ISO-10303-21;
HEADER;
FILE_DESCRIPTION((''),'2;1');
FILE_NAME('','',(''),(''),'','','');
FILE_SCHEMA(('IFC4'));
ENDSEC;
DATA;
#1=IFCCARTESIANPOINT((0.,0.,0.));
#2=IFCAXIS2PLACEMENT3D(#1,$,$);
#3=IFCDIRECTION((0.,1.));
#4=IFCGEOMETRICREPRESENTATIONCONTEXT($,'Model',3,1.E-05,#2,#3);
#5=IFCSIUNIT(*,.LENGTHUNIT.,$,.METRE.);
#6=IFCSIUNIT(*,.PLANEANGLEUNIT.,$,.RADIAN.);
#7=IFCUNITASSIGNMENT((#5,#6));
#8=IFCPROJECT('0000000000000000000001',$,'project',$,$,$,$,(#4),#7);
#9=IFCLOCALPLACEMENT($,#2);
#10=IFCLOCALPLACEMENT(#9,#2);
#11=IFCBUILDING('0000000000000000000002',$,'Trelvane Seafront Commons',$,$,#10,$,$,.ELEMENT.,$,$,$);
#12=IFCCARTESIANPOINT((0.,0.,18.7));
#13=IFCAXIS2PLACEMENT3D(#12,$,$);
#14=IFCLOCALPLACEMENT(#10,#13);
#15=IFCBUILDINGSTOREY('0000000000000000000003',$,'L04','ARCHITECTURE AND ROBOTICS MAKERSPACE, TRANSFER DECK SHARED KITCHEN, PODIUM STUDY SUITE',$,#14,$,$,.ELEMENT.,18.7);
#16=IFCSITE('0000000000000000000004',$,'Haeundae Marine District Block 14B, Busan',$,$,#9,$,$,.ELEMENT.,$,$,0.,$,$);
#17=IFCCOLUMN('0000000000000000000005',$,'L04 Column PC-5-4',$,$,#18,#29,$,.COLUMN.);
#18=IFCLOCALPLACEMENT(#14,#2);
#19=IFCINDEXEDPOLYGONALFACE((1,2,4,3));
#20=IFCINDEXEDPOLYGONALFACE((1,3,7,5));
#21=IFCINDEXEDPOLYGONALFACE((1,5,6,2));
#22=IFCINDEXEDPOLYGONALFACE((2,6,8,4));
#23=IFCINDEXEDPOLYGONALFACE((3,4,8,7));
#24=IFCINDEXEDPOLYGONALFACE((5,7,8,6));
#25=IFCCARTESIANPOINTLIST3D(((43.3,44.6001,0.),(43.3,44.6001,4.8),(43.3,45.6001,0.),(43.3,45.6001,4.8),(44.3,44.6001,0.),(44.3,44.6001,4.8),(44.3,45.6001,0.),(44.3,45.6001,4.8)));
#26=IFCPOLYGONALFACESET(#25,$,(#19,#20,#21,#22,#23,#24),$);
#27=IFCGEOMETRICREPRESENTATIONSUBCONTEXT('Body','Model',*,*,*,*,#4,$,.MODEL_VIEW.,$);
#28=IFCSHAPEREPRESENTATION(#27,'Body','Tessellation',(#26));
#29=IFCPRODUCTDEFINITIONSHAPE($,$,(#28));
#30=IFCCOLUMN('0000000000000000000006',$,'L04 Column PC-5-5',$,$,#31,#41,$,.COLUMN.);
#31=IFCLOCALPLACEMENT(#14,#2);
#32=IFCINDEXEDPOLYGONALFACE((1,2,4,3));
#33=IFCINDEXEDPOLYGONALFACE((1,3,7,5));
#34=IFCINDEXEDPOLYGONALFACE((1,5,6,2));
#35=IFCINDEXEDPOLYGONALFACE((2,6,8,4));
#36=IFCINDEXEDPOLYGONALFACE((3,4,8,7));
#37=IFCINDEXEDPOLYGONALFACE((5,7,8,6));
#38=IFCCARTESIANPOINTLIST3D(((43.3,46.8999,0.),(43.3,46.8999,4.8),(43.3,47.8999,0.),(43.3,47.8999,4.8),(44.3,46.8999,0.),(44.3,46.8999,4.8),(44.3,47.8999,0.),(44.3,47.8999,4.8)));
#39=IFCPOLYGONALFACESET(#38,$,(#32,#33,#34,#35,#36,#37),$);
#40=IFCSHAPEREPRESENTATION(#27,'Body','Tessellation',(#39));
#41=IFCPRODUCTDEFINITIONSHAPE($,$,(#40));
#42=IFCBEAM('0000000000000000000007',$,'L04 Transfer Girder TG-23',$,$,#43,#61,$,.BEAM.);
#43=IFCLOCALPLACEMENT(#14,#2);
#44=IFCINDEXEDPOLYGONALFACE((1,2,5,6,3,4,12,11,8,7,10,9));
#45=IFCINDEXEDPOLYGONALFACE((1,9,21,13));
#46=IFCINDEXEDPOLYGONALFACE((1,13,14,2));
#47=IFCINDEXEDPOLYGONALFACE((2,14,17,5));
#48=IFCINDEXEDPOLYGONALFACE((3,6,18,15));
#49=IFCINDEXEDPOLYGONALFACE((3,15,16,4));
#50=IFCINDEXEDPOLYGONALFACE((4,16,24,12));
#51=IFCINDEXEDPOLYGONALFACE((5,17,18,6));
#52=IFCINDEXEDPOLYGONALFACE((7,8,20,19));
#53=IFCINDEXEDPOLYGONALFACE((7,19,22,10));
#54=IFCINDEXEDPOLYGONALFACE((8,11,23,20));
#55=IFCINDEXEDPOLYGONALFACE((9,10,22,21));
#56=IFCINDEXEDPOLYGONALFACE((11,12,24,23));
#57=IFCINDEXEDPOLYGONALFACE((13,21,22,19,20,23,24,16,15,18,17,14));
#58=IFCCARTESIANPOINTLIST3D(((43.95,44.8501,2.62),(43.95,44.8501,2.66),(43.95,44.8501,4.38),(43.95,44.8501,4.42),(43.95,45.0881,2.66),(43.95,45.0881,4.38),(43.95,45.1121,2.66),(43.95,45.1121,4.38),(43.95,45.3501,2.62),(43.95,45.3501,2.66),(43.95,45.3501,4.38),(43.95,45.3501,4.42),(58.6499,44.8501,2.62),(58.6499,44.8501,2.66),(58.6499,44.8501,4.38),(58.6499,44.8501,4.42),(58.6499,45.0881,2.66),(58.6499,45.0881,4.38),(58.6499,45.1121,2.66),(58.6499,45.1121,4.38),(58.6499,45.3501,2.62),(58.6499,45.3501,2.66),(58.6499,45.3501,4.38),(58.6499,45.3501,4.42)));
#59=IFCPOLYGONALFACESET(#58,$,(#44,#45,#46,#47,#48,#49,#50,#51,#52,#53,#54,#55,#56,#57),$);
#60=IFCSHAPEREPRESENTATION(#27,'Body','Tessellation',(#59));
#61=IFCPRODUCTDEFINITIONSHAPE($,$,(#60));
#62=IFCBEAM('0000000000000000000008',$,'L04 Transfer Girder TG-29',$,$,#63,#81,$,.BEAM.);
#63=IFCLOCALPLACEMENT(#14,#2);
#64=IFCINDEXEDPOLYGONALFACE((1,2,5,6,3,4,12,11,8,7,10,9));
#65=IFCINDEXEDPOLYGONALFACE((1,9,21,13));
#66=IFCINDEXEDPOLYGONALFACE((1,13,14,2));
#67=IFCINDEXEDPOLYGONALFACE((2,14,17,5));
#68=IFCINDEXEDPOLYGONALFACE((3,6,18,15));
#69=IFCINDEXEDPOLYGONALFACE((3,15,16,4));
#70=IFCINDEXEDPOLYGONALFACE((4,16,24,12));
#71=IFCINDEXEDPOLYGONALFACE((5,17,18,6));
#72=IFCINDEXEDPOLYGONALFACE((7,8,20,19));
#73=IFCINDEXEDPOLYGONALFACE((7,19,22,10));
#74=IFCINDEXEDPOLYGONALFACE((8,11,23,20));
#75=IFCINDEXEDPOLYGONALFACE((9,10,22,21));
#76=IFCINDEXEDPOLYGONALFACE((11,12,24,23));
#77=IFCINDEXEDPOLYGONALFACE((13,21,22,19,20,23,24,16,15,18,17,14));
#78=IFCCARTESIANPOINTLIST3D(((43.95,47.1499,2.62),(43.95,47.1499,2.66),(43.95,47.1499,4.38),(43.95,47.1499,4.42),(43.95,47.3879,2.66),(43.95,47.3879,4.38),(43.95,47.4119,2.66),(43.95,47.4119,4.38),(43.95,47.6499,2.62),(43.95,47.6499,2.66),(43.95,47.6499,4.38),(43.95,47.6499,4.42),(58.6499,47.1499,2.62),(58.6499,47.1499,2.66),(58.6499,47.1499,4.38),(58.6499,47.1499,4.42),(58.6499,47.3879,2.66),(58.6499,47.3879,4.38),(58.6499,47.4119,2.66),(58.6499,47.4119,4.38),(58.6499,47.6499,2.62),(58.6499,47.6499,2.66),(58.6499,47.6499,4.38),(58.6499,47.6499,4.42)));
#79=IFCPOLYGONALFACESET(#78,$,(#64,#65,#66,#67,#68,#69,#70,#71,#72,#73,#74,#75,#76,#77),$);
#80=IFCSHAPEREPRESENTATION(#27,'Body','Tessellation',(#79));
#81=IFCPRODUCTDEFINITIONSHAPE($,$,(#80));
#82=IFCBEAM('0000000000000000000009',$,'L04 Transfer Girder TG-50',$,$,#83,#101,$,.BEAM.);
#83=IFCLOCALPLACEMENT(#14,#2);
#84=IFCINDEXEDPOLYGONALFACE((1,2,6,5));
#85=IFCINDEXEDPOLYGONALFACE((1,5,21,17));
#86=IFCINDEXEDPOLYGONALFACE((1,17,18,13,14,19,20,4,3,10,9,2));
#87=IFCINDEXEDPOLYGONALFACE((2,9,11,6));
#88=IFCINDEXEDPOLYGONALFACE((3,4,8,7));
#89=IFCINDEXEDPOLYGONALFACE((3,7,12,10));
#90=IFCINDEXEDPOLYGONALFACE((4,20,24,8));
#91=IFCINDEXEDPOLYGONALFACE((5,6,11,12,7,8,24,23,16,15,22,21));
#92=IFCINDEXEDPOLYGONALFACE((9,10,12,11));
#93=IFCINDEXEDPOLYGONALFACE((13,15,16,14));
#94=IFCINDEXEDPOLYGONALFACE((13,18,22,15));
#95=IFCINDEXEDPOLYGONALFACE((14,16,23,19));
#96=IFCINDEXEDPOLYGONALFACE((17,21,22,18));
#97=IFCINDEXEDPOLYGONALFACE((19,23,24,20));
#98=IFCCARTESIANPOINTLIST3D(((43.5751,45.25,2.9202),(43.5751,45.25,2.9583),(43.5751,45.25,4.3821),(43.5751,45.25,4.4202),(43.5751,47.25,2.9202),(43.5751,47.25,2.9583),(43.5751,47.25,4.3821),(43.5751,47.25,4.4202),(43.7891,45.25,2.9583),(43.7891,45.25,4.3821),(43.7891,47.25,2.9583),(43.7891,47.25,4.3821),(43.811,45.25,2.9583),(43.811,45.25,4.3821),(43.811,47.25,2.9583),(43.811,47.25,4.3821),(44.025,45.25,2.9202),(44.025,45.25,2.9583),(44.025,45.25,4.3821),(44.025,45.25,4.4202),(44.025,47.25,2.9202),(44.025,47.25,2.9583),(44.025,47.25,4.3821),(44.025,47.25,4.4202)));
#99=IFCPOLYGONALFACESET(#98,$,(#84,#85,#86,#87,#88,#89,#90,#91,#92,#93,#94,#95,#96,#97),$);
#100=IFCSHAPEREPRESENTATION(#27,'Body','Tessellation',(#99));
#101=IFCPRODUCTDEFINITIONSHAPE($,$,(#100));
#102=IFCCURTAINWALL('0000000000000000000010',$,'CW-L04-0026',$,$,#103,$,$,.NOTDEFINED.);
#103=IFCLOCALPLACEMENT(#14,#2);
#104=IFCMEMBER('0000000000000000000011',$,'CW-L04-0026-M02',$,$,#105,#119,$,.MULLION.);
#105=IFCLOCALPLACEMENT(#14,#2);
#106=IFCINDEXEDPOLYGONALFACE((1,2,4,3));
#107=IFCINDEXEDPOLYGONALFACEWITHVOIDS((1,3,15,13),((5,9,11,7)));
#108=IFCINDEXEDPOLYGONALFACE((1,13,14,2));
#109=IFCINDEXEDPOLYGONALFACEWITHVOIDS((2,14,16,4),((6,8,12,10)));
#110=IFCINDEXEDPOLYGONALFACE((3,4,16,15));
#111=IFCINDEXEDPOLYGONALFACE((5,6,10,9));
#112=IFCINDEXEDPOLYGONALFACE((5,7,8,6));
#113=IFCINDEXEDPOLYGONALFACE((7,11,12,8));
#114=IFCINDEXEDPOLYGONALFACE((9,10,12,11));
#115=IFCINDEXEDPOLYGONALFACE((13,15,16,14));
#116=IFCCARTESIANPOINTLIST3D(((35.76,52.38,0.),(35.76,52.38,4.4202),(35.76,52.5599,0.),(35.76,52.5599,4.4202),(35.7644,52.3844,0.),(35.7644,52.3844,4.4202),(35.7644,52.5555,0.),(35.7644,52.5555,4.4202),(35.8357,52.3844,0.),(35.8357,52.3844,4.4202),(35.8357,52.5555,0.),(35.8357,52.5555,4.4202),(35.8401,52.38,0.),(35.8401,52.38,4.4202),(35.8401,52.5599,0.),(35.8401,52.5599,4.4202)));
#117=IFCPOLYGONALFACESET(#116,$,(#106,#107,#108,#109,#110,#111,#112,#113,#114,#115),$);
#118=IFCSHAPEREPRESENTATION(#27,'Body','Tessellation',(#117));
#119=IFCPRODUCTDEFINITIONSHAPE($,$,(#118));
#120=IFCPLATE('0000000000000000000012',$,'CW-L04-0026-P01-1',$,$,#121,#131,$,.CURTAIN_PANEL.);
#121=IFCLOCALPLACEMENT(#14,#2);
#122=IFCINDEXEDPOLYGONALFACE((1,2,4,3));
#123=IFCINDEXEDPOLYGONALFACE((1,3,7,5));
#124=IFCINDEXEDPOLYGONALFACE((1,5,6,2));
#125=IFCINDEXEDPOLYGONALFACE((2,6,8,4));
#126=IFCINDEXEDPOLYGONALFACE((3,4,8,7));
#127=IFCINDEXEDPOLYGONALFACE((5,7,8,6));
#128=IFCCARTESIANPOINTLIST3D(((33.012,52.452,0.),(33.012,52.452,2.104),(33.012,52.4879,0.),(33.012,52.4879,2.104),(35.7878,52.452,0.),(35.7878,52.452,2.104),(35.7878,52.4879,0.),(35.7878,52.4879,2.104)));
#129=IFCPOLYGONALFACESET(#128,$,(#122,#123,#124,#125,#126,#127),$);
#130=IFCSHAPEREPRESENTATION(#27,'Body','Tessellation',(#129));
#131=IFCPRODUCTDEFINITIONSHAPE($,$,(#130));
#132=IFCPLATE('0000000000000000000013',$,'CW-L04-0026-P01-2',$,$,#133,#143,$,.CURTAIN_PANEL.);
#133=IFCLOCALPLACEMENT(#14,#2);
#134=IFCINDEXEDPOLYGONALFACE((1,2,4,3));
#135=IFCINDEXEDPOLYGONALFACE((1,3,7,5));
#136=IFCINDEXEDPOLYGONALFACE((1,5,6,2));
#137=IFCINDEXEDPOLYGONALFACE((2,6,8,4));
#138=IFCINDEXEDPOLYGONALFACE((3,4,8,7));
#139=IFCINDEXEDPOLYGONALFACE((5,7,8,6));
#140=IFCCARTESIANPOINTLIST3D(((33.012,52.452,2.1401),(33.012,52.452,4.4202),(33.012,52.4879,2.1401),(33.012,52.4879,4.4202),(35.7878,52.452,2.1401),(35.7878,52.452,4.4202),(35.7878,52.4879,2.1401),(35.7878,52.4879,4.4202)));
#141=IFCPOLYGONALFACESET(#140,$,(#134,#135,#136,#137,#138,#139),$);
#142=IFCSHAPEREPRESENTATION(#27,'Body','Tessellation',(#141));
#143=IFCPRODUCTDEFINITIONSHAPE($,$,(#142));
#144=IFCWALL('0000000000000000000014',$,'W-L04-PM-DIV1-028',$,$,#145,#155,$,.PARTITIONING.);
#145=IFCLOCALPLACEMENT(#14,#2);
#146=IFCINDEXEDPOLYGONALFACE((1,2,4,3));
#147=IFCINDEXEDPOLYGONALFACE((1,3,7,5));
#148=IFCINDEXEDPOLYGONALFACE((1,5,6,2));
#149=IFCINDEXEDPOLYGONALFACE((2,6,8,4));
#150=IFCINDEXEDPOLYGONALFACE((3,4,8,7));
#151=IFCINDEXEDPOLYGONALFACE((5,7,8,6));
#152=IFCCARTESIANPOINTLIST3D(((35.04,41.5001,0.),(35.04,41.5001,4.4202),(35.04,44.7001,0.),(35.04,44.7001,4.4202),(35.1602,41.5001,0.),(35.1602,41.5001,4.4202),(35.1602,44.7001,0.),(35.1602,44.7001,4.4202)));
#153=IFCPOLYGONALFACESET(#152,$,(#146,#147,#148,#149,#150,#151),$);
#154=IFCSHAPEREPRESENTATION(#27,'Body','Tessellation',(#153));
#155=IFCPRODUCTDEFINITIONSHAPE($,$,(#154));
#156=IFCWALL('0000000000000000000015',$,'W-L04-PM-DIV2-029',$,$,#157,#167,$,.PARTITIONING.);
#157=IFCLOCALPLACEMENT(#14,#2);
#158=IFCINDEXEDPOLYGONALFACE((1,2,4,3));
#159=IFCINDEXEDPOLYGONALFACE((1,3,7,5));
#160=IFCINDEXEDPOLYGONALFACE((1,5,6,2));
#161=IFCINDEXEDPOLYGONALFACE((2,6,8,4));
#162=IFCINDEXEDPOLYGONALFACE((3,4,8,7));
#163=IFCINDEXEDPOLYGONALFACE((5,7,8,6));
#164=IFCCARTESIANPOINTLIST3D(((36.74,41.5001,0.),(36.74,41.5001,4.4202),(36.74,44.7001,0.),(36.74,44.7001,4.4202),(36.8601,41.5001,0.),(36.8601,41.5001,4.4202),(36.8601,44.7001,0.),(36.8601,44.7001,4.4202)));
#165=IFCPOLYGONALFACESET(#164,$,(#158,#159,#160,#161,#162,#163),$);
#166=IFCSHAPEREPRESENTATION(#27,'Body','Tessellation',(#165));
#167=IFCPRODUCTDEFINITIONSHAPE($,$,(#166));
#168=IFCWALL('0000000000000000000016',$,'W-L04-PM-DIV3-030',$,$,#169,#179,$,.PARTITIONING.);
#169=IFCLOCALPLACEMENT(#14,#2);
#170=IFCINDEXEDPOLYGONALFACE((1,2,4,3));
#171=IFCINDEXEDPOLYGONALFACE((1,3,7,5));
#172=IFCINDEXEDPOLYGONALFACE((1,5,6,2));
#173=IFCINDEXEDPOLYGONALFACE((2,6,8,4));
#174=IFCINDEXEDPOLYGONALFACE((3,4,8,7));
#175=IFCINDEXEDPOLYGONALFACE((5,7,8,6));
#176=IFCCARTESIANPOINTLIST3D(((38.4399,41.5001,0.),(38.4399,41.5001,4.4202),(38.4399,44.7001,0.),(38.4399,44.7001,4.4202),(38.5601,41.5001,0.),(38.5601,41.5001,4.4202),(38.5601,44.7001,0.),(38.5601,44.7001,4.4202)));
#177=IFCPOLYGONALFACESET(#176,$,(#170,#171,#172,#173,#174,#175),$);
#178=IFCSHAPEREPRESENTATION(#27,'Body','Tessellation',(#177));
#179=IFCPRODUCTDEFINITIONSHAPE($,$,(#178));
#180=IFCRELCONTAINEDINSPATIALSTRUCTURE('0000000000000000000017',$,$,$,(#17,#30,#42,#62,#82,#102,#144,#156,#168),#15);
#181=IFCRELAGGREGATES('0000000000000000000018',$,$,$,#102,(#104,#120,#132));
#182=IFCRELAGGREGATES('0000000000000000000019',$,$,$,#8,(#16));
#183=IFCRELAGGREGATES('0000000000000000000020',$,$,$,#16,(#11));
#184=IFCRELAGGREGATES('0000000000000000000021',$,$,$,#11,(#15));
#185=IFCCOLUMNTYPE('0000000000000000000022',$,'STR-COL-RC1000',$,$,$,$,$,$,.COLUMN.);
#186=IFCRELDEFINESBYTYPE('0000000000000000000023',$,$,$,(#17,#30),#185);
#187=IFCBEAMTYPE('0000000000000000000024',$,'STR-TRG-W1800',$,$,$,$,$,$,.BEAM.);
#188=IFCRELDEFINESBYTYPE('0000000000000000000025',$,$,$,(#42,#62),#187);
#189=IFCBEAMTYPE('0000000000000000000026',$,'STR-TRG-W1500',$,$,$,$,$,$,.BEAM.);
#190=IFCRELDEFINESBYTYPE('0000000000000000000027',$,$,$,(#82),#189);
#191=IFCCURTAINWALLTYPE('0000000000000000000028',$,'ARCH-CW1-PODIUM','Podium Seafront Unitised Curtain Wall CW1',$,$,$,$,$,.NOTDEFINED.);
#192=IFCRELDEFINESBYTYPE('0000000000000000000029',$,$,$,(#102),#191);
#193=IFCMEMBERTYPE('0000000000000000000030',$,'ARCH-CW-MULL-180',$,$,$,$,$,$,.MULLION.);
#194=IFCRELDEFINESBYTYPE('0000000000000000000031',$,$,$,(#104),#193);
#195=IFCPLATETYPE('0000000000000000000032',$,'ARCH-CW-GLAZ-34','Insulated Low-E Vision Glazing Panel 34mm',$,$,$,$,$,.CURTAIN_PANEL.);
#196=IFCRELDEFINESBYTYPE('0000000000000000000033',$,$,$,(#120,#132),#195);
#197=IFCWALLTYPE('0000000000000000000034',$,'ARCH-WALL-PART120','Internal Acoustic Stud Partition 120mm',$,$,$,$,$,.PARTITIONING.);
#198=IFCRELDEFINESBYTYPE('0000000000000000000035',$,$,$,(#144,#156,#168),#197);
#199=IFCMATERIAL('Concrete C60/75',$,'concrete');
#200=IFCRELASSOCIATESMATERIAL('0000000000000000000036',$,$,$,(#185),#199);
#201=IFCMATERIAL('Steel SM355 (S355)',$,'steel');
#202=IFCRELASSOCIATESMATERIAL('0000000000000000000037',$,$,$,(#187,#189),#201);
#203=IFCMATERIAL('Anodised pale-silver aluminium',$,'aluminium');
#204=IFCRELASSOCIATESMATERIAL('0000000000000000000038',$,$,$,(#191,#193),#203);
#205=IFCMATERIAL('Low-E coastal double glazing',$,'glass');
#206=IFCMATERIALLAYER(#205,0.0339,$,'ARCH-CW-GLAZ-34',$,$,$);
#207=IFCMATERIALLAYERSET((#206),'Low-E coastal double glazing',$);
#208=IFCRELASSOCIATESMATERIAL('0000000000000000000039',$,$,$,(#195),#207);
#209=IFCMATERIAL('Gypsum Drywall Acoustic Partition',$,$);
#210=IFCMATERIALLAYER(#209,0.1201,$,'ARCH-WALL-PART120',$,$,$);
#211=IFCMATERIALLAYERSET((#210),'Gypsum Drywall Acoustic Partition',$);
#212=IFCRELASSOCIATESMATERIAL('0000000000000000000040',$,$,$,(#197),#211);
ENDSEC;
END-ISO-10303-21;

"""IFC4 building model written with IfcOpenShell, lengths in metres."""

from ifc_helpers import new_model, si_unit, direction, frame, frame_2d, origin, origin_2d, place, context, subcontext, project, spatial, rectangle, hollow_rectangle, i_section, extrude, source, transform, mapped, material, layer, layer_set, material_profile, profile_set, type_object, element, aggregate, save


model = new_model("IFC4")

# Units and contexts
model_context = context("Model", 3, precision=1e-05, world=origin(), true_north=direction((0.0, 1.0)))
body_context = subcontext(model_context, "Body", "Model", "MODEL_VIEW")
ifc_project = project(units=[si_unit("LENGTHUNIT", "METRE"), si_unit("PLANEANGLEUNIT", "RADIAN")], contexts=[model_context])

# Site, building, storey
site_placement = place(None, origin())
site = spatial("IfcSite", under=ifc_project, at=site_placement, Name="Haeundae Marine District Block 14B, Busan", CompositionType="ELEMENT", RefElevation=0.0)
building_placement = place(site_placement, origin())
building = spatial("IfcBuilding", under=site, at=building_placement, Name="Trelvane Seafront Commons", CompositionType="ELEMENT")
storey_placement = place(building_placement, frame((0.0, 0.0, 18.7)))
storey = spatial("IfcBuildingStorey", under=building, at=storey_placement, Name="L04", Description="ARCHITECTURE AND ROBOTICS MAKERSPACE, TRANSFER DECK SHARED KITCHEN, PODIUM STUDY SUITE", CompositionType="ELEMENT", Elevation=18.7)

# Columns
ifc_material_1 = material(Name="Concrete C60/75", Category="concrete")
ifc_material_profile_1 = material_profile(ifc_material_1, rectangle(XDim=1.0, YDim=1.0, at=origin_2d()), Name="RC-1000x1000")
ifc_profile_set_1 = profile_set([ifc_material_profile_1], Name="Concrete C60/75")
column_type = type_object("IfcColumnType", Name="STR-COL-RC1000", PredefinedType="COLUMN", material=ifc_profile_set_1)
shared_shape_1 = source(origin(), body_context, "Body", "SweptSolid", [
    extrude(rectangle(XDim=1.0, YDim=1.0, at=origin_2d()), origin(), (0.0, 0.0, 1.0), 4.8),
])
for number, where, z_axis, x_axis, name in (
    (1, (43.8, 45.1001, 0.0), (0.0, 0.0, 1.0), (1.0, 0.0, 0.0), "L04 Column PC-5-4"),
    (2, (43.8, 47.3999, 0.0), (0.0, 0.0, 1.0), (1.0, 0.0, 0.0), "L04 Column PC-5-5"),
):
    element("IfcColumn", number, at=place(storey_placement, frame(where, z_axis=z_axis, x_axis=x_axis)), inside=storey, type_object=column_type, Name=name, PredefinedType="COLUMN", context=body_context, shape_type="MappedRepresentation", body=[
        mapped(shared_shape_1, transform((0.0, 0.0, 0.0), x_axis=(1.0, 0.0, 0.0), y_axis=(0.0, 1.0, 0.0), z_axis=(0.0, 0.0, 1.0), scale=1.0)),
    ])

# Beams
ifc_material_2 = material(Name="Steel SM355 (S355)", Category="steel")
ifc_material_profile_2 = material_profile(ifc_material_2, i_section(OverallWidth=0.5, OverallDepth=1.8, WebThickness=0.0239, FlangeThickness=0.04, at=origin_2d()), Name="W-1800x500x24x40")
ifc_profile_set_2 = profile_set([ifc_material_profile_2], Name="Steel SM355 (S355)")
beam_type_1 = type_object("IfcBeamType", Name="STR-TRG-W1800", PredefinedType="BEAM", material=ifc_profile_set_2)
shared_shape_2 = source(origin(), body_context, "Body", "SweptSolid", [
    extrude(i_section(OverallWidth=0.5, OverallDepth=1.8, WebThickness=0.0239, FlangeThickness=0.04, at=origin_2d()), origin(), (0.0, 0.0, 1.0), 14.7),
])
for number, where, z_axis, x_axis, name in (
    (3, (43.95, 45.1001, 3.52), (1.0, 0.0, 0.0), (0.0, 1.0, 0.0), "L04 Transfer Girder TG-23"),
    (4, (43.95, 47.3999, 3.52), (1.0, 0.0, 0.0), (0.0, 1.0, 0.0), "L04 Transfer Girder TG-29"),
):
    element("IfcBeam", number, at=place(storey_placement, frame(where, z_axis=z_axis, x_axis=x_axis)), inside=storey, type_object=beam_type_1, Name=name, PredefinedType="BEAM", context=body_context, shape_type="MappedRepresentation", body=[
        mapped(shared_shape_2, transform((0.0, 0.0, 0.0), x_axis=(1.0, 0.0, 0.0), y_axis=(0.0, 1.0, 0.0), z_axis=(0.0, 0.0, 1.0), scale=1.0)),
    ])
ifc_material_profile_3 = material_profile(ifc_material_2, i_section(OverallWidth=0.45, OverallDepth=1.5, WebThickness=0.022, FlangeThickness=0.0381, at=origin_2d()), Name="W-1500x450x22x38")
ifc_profile_set_3 = profile_set([ifc_material_profile_3], Name="Steel SM355 (S355)")
beam_type_2 = type_object("IfcBeamType", Name="STR-TRG-W1500", PredefinedType="BEAM", material=ifc_profile_set_3)
shared_shape_3 = source(origin(), body_context, "Body", "SweptSolid", [
    extrude(i_section(OverallWidth=0.45, OverallDepth=1.5, WebThickness=0.022, FlangeThickness=0.0381, at=origin_2d()), origin(), (0.0, 0.0, 1.0), 2.0),
])
beam_placement = place(storey_placement, frame((43.8, 45.25, 3.6702), z_axis=(0.0, 1.0, 0.0), x_axis=(-1.0, 0.0, 0.0)))
element("IfcBeam", 5, at=beam_placement, inside=storey, type_object=beam_type_2, Name="L04 Transfer Girder TG-50", PredefinedType="BEAM", context=body_context, shape_type="MappedRepresentation", body=[
    mapped(shared_shape_3, transform((0.0, 0.0, 0.0), x_axis=(1.0, 0.0, 0.0), y_axis=(0.0, 1.0, 0.0), z_axis=(0.0, 0.0, 1.0), scale=1.0)),
])

# Curtain wall, member, plates
ifc_material_3 = material(Name="Anodised pale-silver aluminium", Category="aluminium")
curtain_wall_type = type_object("IfcCurtainWallType", Name="ARCH-CW1-PODIUM", Description="Podium Seafront Unitised Curtain Wall CW1", PredefinedType="NOTDEFINED", material=ifc_material_3)
curtain_wall_placement = place(storey_placement, origin())
curtain_wall = element("IfcCurtainWall", 6, at=curtain_wall_placement, inside=storey, type_object=curtain_wall_type, Name="CW-L04-0026", PredefinedType="NOTDEFINED")
ifc_material_profile_4 = material_profile(ifc_material_3, hollow_rectangle(XDim=0.0801, YDim=0.1799, WallThickness=0.0044, at=origin_2d()), Name="MULL-80x180x4.5")
ifc_profile_set_4 = profile_set([ifc_material_profile_4], Name="Anodised pale-silver aluminium")
member_type = type_object("IfcMemberType", Name="ARCH-CW-MULL-180", PredefinedType="MULLION", material=ifc_profile_set_4)
shared_shape_4 = source(origin(), body_context, "Body", "SweptSolid", [
    extrude(hollow_rectangle(XDim=0.0801, YDim=0.1799, WallThickness=0.0044, at=origin_2d()), origin(), (0.0, 0.0, 1.0), 4.4202),
])
member_placement = place(storey_placement, frame((35.8, 52.47, 0.0), z_axis=(0.0, 0.0, 1.0), x_axis=(1.0, 0.0, 0.0)))
member = element("IfcMember", 7, at=member_placement, type_object=member_type, Name="CW-L04-0026-M02", PredefinedType="MULLION", context=body_context, shape_type="MappedRepresentation", body=[
    mapped(shared_shape_4, transform((0.0, 0.0, 0.0), x_axis=(1.0, 0.0, 0.0), y_axis=(0.0, 1.0, 0.0), z_axis=(0.0, 0.0, 1.0), scale=1.0)),
])
ifc_material_4 = material(Name="Low-E coastal double glazing", Category="glass")
ifc_layer_1 = layer(ifc_material_4, 0.0339, Name="ARCH-CW-GLAZ-34")
ifc_layer_set_1 = layer_set([ifc_layer_1], Name="Low-E coastal double glazing")
plate_type = type_object("IfcPlateType", Name="ARCH-CW-GLAZ-34", Description="Insulated Low-E Vision Glazing Panel 34mm", PredefinedType="CURTAIN_PANEL", material=ifc_layer_set_1)
shared_shape_5 = source(origin(), body_context, "Body", "SweptSolid", [
    extrude(rectangle(XDim=2.7759, YDim=0.0359, at=origin_2d()), origin(), (0.0, 0.0, 1.0), 2.104),
])
plate_1_placement = place(storey_placement, frame((34.3999, 52.47, 0.0), z_axis=(0.0, 0.0, 1.0), x_axis=(1.0, 0.0, 0.0)))
plate_1 = element("IfcPlate", 8, at=plate_1_placement, type_object=plate_type, Name="CW-L04-0026-P01-1", PredefinedType="CURTAIN_PANEL", context=body_context, shape_type="MappedRepresentation", body=[
    mapped(shared_shape_5, transform((0.0, 0.0, 0.0), x_axis=(1.0, 0.0, 0.0), y_axis=(0.0, 1.0, 0.0), z_axis=(0.0, 0.0, 1.0), scale=1.0)),
])
shared_shape_6 = source(origin(), body_context, "Body", "SweptSolid", [
    extrude(rectangle(XDim=2.7759, YDim=0.0359, at=origin_2d()), origin(), (0.0, 0.0, 1.0), 2.28),
])
plate_2_placement = place(storey_placement, frame((34.3999, 52.47, 2.1401), z_axis=(0.0, 0.0, 1.0), x_axis=(1.0, 0.0, 0.0)))
plate_2 = element("IfcPlate", 9, at=plate_2_placement, type_object=plate_type, Name="CW-L04-0026-P01-2", PredefinedType="CURTAIN_PANEL", context=body_context, shape_type="MappedRepresentation", body=[
    mapped(shared_shape_6, transform((0.0, 0.0, 0.0), x_axis=(1.0, 0.0, 0.0), y_axis=(0.0, 1.0, 0.0), z_axis=(0.0, 0.0, 1.0), scale=1.0)),
])
aggregate(curtain_wall, [member, plate_1, plate_2])

# Walls
ifc_material_5 = material(Name="Gypsum Drywall Acoustic Partition")
ifc_layer_2 = layer(ifc_material_5, 0.1201, Name="ARCH-WALL-PART120")
ifc_layer_set_2 = layer_set([ifc_layer_2], Name="Gypsum Drywall Acoustic Partition")
wall_type_1 = type_object("IfcWallType", Name="ARCH-WALL-PART120", Description="Internal Acoustic Stud Partition 120mm", PredefinedType="PARTITIONING", material=ifc_layer_set_2)
for number, where, z_axis, x_axis, name in (
    (10, (35.1001, 41.5, 0.0), (0.0, 0.0, 1.0), (0.0, 1.0, 0.0), "W-L04-PM-DIV1-028"),
    (11, (36.8, 41.5, 0.0), (0.0, 0.0, 1.0), (0.0, 1.0, 0.0), "W-L04-PM-DIV2-029"),
    (12, (38.5, 41.5, 0.0), (0.0, 0.0, 1.0), (0.0, 1.0, 0.0), "W-L04-PM-DIV3-030"),
):
    element("IfcWall", number, at=place(storey_placement, frame(where, z_axis=z_axis, x_axis=x_axis)), inside=storey, type_object=wall_type_1, Name=name, PredefinedType="PARTITIONING", context=body_context, shape_type="SweptSolid", body=[
        extrude(rectangle(XDim=3.2, YDim=0.1201, at=frame_2d((1.6001, 0.0))), origin(), (0.0, 0.0, 1.0), 4.4202),
    ])

save(model, "model.ifc")
